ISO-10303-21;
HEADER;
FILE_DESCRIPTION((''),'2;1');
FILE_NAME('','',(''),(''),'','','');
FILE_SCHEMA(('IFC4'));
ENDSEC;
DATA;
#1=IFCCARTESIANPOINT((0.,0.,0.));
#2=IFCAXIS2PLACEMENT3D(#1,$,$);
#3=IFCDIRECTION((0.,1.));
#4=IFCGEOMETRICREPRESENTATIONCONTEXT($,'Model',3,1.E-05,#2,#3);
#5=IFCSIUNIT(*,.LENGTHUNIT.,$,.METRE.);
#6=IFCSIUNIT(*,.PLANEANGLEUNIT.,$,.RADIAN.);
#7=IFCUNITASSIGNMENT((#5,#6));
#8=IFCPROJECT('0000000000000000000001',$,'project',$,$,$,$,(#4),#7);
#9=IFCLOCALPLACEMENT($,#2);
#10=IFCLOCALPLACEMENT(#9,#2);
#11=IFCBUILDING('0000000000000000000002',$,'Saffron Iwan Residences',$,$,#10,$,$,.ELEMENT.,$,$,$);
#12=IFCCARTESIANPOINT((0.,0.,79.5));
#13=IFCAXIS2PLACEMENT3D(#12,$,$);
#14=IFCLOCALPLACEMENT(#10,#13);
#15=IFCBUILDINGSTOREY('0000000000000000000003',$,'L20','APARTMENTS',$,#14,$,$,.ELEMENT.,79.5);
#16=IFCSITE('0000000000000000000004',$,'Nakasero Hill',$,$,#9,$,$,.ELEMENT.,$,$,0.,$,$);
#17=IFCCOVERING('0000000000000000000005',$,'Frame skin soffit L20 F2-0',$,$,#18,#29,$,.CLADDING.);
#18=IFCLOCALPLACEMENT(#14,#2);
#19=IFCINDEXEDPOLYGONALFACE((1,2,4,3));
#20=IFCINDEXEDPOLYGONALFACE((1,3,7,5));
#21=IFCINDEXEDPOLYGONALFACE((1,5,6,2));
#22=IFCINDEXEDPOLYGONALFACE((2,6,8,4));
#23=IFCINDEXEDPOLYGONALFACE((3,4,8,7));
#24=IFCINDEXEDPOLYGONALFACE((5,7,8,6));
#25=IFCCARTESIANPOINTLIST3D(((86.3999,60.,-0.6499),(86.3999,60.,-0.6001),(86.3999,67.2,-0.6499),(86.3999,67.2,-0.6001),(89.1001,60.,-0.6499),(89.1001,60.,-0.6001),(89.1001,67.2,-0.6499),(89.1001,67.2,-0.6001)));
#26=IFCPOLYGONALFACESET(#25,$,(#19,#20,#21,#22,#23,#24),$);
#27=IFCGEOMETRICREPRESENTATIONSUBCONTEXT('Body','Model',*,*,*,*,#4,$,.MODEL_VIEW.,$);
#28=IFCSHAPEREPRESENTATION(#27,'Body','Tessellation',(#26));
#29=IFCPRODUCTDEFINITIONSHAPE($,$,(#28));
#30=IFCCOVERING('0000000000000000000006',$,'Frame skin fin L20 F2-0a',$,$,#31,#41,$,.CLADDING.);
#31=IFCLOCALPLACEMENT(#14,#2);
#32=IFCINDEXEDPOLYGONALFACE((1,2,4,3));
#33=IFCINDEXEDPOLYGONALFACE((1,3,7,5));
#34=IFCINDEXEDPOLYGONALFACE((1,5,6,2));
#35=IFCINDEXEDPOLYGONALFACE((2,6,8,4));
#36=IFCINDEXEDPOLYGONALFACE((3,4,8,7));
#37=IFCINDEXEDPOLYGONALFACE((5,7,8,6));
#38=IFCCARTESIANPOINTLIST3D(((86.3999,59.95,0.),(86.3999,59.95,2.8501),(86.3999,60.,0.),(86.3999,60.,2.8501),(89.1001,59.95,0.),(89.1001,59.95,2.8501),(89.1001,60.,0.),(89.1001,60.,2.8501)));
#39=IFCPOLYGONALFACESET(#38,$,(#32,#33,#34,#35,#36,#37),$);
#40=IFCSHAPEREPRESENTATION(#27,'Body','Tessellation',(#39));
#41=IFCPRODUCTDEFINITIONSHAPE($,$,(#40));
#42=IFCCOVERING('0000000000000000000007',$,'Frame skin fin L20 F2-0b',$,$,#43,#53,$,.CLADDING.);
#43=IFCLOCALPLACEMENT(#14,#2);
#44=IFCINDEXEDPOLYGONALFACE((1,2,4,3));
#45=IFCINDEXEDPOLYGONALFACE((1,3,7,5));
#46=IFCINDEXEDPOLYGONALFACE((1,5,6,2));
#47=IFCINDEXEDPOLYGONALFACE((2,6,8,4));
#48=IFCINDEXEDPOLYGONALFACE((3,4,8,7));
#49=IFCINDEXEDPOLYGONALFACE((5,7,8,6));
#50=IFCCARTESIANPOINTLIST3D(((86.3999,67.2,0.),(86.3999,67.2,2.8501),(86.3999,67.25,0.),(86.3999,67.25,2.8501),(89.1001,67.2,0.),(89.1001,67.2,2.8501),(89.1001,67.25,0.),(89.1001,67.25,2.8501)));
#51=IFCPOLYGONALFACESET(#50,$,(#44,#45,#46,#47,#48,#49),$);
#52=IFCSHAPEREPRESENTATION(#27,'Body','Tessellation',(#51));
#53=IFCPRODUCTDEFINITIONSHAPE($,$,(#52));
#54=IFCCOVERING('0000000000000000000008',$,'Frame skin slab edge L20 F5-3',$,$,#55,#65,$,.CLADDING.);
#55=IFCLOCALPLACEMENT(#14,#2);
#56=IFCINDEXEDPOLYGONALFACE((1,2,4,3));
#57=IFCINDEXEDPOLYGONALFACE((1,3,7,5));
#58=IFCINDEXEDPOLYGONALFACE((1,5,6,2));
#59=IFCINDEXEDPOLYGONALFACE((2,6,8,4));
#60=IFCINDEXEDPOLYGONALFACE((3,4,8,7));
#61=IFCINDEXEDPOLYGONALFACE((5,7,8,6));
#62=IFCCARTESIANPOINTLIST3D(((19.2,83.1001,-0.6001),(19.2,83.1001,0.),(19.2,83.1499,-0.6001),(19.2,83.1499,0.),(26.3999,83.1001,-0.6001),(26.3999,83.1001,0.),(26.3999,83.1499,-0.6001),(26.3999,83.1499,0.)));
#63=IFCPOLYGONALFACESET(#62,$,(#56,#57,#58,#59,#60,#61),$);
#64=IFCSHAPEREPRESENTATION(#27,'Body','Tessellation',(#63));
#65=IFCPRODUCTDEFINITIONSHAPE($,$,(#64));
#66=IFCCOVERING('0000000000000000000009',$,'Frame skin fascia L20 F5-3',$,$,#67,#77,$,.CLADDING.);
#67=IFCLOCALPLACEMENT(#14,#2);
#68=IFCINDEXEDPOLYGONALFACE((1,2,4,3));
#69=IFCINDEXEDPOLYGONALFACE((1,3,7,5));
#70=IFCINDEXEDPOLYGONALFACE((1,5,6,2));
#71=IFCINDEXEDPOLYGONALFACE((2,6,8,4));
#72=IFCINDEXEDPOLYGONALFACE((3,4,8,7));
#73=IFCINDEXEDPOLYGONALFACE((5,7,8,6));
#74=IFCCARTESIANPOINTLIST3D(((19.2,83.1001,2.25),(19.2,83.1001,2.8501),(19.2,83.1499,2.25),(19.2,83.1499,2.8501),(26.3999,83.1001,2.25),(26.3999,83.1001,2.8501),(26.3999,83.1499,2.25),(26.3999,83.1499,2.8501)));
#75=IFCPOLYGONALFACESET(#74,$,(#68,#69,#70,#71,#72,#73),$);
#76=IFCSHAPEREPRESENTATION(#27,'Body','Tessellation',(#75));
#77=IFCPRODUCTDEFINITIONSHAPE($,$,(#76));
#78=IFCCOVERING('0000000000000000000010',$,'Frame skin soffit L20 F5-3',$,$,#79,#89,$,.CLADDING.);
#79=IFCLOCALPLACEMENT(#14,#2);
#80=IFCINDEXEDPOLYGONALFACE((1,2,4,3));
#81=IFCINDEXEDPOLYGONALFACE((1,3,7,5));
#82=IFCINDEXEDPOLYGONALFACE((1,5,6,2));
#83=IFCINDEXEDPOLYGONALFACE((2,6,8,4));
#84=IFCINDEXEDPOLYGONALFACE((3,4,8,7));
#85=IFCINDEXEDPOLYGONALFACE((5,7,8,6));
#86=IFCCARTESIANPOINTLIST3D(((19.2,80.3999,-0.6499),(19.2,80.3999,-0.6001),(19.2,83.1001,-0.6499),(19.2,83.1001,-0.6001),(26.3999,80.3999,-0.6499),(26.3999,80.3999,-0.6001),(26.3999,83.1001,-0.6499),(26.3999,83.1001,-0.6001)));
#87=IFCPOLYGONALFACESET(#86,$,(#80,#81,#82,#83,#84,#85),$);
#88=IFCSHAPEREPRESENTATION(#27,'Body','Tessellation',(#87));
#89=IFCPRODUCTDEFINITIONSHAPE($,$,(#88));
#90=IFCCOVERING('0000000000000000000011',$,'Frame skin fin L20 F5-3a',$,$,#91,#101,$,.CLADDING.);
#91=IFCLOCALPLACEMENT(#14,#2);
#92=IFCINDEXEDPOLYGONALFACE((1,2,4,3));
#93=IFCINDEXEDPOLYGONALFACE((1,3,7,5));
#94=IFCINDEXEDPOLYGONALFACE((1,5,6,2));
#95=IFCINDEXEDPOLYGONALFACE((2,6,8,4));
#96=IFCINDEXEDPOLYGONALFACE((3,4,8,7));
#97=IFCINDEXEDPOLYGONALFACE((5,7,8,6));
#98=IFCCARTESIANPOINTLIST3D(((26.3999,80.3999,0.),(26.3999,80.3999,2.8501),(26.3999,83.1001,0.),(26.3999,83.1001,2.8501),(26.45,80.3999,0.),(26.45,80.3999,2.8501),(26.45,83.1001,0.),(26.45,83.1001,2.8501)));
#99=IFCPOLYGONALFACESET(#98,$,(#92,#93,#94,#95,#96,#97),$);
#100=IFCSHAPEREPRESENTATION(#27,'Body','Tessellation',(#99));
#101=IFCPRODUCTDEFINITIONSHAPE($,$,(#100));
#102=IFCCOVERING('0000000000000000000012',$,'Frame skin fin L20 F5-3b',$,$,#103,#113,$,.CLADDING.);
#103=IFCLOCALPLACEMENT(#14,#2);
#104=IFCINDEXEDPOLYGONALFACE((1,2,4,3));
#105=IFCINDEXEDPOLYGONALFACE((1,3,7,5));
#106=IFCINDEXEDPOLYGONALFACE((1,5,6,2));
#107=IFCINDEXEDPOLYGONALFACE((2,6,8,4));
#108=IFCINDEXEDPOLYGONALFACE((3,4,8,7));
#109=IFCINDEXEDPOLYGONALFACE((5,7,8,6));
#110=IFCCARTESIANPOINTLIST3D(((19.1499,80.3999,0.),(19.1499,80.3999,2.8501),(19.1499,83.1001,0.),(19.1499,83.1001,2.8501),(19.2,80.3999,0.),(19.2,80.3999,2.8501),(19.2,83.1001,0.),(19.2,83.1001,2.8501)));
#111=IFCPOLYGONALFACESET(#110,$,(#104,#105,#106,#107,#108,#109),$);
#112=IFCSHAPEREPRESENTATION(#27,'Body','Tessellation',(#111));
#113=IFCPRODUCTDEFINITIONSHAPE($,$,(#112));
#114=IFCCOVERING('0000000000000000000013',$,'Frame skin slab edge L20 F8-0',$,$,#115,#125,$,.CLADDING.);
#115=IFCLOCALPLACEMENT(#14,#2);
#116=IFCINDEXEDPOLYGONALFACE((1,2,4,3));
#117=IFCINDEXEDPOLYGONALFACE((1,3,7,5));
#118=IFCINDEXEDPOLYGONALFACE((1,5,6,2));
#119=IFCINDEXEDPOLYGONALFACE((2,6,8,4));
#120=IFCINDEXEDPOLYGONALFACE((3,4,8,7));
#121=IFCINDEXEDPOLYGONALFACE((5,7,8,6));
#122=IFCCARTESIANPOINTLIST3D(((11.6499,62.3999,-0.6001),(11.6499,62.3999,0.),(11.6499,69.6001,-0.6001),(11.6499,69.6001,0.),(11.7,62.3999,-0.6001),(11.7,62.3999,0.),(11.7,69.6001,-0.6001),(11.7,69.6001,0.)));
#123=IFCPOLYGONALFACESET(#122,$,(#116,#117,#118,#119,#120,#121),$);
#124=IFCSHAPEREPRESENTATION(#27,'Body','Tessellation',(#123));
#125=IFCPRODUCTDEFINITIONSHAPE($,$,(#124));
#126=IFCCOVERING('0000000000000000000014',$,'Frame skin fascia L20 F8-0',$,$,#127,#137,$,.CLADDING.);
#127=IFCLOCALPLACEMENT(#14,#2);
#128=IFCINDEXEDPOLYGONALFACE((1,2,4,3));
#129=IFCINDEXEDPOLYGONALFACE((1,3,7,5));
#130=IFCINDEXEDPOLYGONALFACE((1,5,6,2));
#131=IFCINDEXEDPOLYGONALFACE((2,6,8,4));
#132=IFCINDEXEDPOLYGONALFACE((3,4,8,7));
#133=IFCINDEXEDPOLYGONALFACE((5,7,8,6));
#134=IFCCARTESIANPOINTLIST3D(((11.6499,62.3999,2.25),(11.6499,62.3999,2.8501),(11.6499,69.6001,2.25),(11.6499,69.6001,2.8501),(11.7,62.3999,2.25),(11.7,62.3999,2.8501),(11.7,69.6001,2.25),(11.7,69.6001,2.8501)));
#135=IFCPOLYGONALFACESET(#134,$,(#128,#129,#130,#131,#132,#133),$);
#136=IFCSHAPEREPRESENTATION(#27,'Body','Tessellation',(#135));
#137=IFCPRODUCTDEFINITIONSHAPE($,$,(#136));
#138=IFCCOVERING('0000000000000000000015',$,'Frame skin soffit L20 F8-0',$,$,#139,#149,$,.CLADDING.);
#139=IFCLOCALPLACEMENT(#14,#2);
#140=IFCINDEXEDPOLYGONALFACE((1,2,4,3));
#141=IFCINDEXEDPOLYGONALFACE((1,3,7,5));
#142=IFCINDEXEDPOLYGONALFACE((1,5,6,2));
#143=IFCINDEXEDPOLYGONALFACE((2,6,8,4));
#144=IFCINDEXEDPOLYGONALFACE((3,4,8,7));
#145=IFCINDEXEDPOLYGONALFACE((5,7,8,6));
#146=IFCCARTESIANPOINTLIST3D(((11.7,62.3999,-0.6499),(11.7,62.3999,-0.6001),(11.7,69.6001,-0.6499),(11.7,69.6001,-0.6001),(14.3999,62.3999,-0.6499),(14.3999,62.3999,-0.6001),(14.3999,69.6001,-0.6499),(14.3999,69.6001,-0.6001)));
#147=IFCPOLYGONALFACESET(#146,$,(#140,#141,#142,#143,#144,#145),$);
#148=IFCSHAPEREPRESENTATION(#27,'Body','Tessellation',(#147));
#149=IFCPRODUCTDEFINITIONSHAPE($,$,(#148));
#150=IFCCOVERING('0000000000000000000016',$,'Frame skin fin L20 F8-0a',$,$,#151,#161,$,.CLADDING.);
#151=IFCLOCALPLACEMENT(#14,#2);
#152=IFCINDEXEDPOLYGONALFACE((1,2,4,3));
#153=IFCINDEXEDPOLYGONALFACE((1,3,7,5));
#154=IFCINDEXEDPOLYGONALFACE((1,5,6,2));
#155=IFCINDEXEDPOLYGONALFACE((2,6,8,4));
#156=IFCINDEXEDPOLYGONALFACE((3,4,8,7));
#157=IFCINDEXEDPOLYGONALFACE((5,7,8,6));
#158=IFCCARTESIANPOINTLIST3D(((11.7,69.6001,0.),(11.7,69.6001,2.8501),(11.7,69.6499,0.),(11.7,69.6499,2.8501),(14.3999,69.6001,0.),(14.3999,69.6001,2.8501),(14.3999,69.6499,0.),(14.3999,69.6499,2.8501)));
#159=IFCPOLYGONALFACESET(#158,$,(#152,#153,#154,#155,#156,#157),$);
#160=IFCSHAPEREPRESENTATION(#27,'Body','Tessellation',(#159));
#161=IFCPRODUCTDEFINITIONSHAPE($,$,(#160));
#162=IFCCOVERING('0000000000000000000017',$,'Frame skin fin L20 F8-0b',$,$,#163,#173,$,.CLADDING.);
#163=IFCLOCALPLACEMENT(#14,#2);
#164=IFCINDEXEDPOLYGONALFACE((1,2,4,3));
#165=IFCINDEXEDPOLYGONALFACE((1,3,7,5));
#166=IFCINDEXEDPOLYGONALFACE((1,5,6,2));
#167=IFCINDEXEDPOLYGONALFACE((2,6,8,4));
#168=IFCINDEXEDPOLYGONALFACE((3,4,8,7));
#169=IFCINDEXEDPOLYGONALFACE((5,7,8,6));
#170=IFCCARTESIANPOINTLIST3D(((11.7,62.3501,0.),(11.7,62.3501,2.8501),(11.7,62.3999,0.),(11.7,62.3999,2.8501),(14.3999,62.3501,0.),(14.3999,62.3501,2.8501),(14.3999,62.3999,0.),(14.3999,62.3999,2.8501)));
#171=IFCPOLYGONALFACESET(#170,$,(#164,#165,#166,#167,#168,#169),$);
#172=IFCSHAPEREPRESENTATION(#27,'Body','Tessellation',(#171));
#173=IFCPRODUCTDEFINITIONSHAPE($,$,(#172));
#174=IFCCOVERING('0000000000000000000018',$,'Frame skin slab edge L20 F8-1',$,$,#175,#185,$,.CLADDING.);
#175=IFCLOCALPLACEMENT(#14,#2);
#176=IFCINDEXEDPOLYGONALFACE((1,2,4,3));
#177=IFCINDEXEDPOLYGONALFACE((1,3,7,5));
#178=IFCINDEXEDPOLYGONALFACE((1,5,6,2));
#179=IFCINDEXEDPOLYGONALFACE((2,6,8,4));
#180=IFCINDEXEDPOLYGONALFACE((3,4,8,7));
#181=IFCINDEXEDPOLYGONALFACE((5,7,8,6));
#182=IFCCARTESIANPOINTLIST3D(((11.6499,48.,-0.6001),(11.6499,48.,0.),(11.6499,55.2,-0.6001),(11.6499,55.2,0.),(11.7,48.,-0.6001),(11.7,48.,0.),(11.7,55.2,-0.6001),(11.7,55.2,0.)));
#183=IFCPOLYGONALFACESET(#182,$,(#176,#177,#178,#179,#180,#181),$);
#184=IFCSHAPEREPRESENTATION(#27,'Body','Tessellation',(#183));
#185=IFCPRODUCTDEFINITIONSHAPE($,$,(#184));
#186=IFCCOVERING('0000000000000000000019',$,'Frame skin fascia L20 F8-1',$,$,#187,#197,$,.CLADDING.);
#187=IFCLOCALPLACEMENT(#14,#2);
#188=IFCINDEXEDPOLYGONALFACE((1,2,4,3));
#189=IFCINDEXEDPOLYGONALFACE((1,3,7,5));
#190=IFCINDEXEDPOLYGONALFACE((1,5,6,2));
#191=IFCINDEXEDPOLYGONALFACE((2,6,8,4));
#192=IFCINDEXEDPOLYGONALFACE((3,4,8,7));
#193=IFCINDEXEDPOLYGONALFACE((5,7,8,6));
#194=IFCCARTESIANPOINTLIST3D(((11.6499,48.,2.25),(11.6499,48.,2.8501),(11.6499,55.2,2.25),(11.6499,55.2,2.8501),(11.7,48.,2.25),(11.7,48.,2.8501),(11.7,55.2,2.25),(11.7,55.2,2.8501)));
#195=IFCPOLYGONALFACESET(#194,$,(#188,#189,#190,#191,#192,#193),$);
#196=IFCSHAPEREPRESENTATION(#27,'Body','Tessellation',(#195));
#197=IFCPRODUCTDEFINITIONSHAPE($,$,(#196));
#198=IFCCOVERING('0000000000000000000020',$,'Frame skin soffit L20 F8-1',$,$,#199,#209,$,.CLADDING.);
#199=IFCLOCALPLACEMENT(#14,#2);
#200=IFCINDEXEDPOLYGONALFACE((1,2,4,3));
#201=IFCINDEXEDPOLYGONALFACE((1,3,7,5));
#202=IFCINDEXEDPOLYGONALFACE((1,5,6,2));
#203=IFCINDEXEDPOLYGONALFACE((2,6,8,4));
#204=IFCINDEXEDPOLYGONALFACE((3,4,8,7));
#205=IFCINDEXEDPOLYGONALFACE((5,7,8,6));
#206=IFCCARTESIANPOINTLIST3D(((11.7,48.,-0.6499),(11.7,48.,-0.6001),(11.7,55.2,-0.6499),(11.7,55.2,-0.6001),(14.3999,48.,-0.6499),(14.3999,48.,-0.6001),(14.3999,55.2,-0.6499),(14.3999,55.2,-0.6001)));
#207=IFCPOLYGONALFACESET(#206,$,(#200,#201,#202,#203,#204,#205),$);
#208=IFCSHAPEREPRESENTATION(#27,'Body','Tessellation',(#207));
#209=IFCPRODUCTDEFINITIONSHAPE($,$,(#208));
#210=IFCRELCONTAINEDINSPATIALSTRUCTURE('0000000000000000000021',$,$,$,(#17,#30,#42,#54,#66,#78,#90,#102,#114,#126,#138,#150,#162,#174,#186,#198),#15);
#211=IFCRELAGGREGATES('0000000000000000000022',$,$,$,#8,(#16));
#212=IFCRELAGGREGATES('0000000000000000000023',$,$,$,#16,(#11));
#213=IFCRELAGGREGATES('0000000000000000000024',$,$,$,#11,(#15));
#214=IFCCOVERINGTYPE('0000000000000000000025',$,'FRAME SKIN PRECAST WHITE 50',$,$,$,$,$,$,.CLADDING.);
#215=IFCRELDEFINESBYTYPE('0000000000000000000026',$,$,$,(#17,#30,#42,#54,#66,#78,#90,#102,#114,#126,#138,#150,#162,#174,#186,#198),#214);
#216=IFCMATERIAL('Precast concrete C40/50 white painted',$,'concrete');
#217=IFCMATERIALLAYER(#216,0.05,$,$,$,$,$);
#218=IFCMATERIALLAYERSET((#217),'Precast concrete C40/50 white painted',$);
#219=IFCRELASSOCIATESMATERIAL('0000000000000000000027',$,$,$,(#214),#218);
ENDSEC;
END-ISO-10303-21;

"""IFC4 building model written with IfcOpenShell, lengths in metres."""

from ifc_helpers import new_model, si_unit, direction, frame, origin, place, context, subcontext, project, spatial, polyline, outline, extrude, material, layer, layer_set, type_object, element, save


model = new_model("IFC4")

# Units and contexts
model_context = context("Model", 3, precision=1e-05, world=origin(), true_north=direction((0.0, 1.0)))
body_context = subcontext(model_context, "Body", "Model", "MODEL_VIEW")
ifc_project = project(units=[si_unit("LENGTHUNIT", "METRE"), si_unit("PLANEANGLEUNIT", "RADIAN")], contexts=[model_context])

# Site, building, storey
site_placement = place(None, origin())
site = spatial("IfcSite", under=ifc_project, at=site_placement, Name="Nakasero Hill", CompositionType="ELEMENT", RefElevation=0.0)
building_placement = place(site_placement, origin())
building = spatial("IfcBuilding", under=site, at=building_placement, Name="Saffron Iwan Residences", CompositionType="ELEMENT")
storey_placement = place(building_placement, frame((0.0, 0.0, 79.5)))
storey = spatial("IfcBuildingStorey", under=building, at=storey_placement, Name="L20", Description="APARTMENTS", CompositionType="ELEMENT", Elevation=79.5)

# Coverings
ifc_material_1 = material(Name="Precast concrete C40/50 white painted", Category="concrete")
ifc_layer_1 = layer(ifc_material_1, 0.05)
ifc_layer_set_1 = layer_set([ifc_layer_1], Name="Precast concrete C40/50 white painted")
covering_type_1 = type_object("IfcCoveringType", Name="FRAME SKIN PRECAST WHITE 50", PredefinedType="CLADDING", material=ifc_layer_set_1)
covering_1_placement = place(storey_placement, frame((0.0, 0.0, -0.6499)))
element("IfcCovering", 1, at=covering_1_placement, inside=storey, type_object=covering_type_1, Name="Frame skin soffit L20 F2-0", PredefinedType="CLADDING", context=body_context, shape_type="SweptSolid", body=[
    extrude(outline(polyline([(89.1001, 60.0), (89.1001, 67.2), (86.3999, 67.2), (86.3999, 60.0), (89.1001, 60.0)])), origin(), (0.0, 0.0, 1.0), 0.0498),
])
covering_2_placement = place(storey_placement, origin())
element("IfcCovering", 2, at=covering_2_placement, inside=storey, type_object=covering_type_1, Name="Frame skin fin L20 F2-0a", PredefinedType="CLADDING", context=body_context, shape_type="SweptSolid", body=[
    extrude(outline(polyline([(89.1001, 59.95), (89.1001, 60.0), (86.3999, 60.0), (86.3999, 59.95), (89.1001, 59.95)])), origin(), (0.0, 0.0, 1.0), 2.8501),
])
covering_3_placement = place(storey_placement, origin())
element("IfcCovering", 3, at=covering_3_placement, inside=storey, type_object=covering_type_1, Name="Frame skin fin L20 F2-0b", PredefinedType="CLADDING", context=body_context, shape_type="SweptSolid", body=[
    extrude(outline(polyline([(89.1001, 67.2), (89.1001, 67.25), (86.3999, 67.25), (86.3999, 67.2), (89.1001, 67.2)])), origin(), (0.0, 0.0, 1.0), 2.8501),
])
for number, where, name in (
    (4, (0.0, 0.0, -0.6001), "Frame skin slab edge L20 F5-3"),
    (5, (0.0, 0.0, 2.25), "Frame skin fascia L20 F5-3"),
):
    element("IfcCovering", number, at=place(storey_placement, frame(where)), inside=storey, type_object=covering_type_1, Name=name, PredefinedType="CLADDING", context=body_context, shape_type="SweptSolid", body=[
        extrude(outline(polyline([(26.3999, 83.1499), (19.2, 83.1499), (19.2, 83.1001), (26.3999, 83.1001), (26.3999, 83.1499)])), origin(), (0.0, 0.0, 1.0), 0.6001),
    ])
covering_4_placement = place(storey_placement, frame((0.0, 0.0, -0.6499)))
element("IfcCovering", 6, at=covering_4_placement, inside=storey, type_object=covering_type_1, Name="Frame skin soffit L20 F5-3", PredefinedType="CLADDING", context=body_context, shape_type="SweptSolid", body=[
    extrude(outline(polyline([(26.3999, 83.1001), (19.2, 83.1001), (19.2, 80.3999), (26.3999, 80.3999), (26.3999, 83.1001)])), origin(), (0.0, 0.0, 1.0), 0.0498),
])
covering_5_placement = place(storey_placement, origin())
element("IfcCovering", 7, at=covering_5_placement, inside=storey, type_object=covering_type_1, Name="Frame skin fin L20 F5-3a", PredefinedType="CLADDING", context=body_context, shape_type="SweptSolid", body=[
    extrude(outline(polyline([(26.45, 83.1001), (26.3999, 83.1001), (26.3999, 80.3999), (26.45, 80.3999), (26.45, 83.1001)])), origin(), (0.0, 0.0, 1.0), 2.8501),
])
covering_6_placement = place(storey_placement, origin())
element("IfcCovering", 8, at=covering_6_placement, inside=storey, type_object=covering_type_1, Name="Frame skin fin L20 F5-3b", PredefinedType="CLADDING", context=body_context, shape_type="SweptSolid", body=[
    extrude(outline(polyline([(19.2, 83.1001), (19.1499, 83.1001), (19.1499, 80.3999), (19.2, 80.3999), (19.2, 83.1001)])), origin(), (0.0, 0.0, 1.0), 2.8501),
])
for number, where, name in (
    (9, (0.0, 0.0, -0.6001), "Frame skin slab edge L20 F8-0"),
    (10, (0.0, 0.0, 2.25), "Frame skin fascia L20 F8-0"),
):
    element("IfcCovering", number, at=place(storey_placement, frame(where)), inside=storey, type_object=covering_type_1, Name=name, PredefinedType="CLADDING", context=body_context, shape_type="SweptSolid", body=[
        extrude(outline(polyline([(11.6499, 69.6001), (11.6499, 62.3999), (11.7, 62.3999), (11.7, 69.6001), (11.6499, 69.6001)])), origin(), (0.0, 0.0, 1.0), 0.6001),
    ])
covering_7_placement = place(storey_placement, frame((0.0, 0.0, -0.6499)))
element("IfcCovering", 11, at=covering_7_placement, inside=storey, type_object=covering_type_1, Name="Frame skin soffit L20 F8-0", PredefinedType="CLADDING", context=body_context, shape_type="SweptSolid", body=[
    extrude(outline(polyline([(11.7, 69.6001), (11.7, 62.3999), (14.3999, 62.3999), (14.3999, 69.6001), (11.7, 69.6001)])), origin(), (0.0, 0.0, 1.0), 0.0498),
])
covering_8_placement = place(storey_placement, origin())
element("IfcCovering", 12, at=covering_8_placement, inside=storey, type_object=covering_type_1, Name="Frame skin fin L20 F8-0a", PredefinedType="CLADDING", context=body_context, shape_type="SweptSolid", body=[
    extrude(outline(polyline([(11.7, 69.6499), (11.7, 69.6001), (14.3999, 69.6001), (14.3999, 69.6499), (11.7, 69.6499)])), origin(), (0.0, 0.0, 1.0), 2.8501),
])
covering_9_placement = place(storey_placement, origin())
element("IfcCovering", 13, at=covering_9_placement, inside=storey, type_object=covering_type_1, Name="Frame skin fin L20 F8-0b", PredefinedType="CLADDING", context=body_context, shape_type="SweptSolid", body=[
    extrude(outline(polyline([(11.7, 62.3999), (11.7, 62.3501), (14.3999, 62.3501), (14.3999, 62.3999), (11.7, 62.3999)])), origin(), (0.0, 0.0, 1.0), 2.8501),
])
for number, where, name in (
    (14, (0.0, 0.0, -0.6001), "Frame skin slab edge L20 F8-1"),
    (15, (0.0, 0.0, 2.25), "Frame skin fascia L20 F8-1"),
):
    element("IfcCovering", number, at=place(storey_placement, frame(where)), inside=storey, type_object=covering_type_1, Name=name, PredefinedType="CLADDING", context=body_context, shape_type="SweptSolid", body=[
        extrude(outline(polyline([(11.6499, 55.2), (11.6499, 48.0), (11.7, 48.0), (11.7, 55.2), (11.6499, 55.2)])), origin(), (0.0, 0.0, 1.0), 0.6001),
    ])
covering_10_placement = place(storey_placement, frame((0.0, 0.0, -0.6499)))
element("IfcCovering", 16, at=covering_10_placement, inside=storey, type_object=covering_type_1, Name="Frame skin soffit L20 F8-1", PredefinedType="CLADDING", context=body_context, shape_type="SweptSolid", body=[
    extrude(outline(polyline([(11.7, 55.2), (11.7, 48.0), (14.3999, 48.0), (14.3999, 55.2), (11.7, 55.2)])), origin(), (0.0, 0.0, 1.0), 0.0498),
])

save(model, "model.ifc")
